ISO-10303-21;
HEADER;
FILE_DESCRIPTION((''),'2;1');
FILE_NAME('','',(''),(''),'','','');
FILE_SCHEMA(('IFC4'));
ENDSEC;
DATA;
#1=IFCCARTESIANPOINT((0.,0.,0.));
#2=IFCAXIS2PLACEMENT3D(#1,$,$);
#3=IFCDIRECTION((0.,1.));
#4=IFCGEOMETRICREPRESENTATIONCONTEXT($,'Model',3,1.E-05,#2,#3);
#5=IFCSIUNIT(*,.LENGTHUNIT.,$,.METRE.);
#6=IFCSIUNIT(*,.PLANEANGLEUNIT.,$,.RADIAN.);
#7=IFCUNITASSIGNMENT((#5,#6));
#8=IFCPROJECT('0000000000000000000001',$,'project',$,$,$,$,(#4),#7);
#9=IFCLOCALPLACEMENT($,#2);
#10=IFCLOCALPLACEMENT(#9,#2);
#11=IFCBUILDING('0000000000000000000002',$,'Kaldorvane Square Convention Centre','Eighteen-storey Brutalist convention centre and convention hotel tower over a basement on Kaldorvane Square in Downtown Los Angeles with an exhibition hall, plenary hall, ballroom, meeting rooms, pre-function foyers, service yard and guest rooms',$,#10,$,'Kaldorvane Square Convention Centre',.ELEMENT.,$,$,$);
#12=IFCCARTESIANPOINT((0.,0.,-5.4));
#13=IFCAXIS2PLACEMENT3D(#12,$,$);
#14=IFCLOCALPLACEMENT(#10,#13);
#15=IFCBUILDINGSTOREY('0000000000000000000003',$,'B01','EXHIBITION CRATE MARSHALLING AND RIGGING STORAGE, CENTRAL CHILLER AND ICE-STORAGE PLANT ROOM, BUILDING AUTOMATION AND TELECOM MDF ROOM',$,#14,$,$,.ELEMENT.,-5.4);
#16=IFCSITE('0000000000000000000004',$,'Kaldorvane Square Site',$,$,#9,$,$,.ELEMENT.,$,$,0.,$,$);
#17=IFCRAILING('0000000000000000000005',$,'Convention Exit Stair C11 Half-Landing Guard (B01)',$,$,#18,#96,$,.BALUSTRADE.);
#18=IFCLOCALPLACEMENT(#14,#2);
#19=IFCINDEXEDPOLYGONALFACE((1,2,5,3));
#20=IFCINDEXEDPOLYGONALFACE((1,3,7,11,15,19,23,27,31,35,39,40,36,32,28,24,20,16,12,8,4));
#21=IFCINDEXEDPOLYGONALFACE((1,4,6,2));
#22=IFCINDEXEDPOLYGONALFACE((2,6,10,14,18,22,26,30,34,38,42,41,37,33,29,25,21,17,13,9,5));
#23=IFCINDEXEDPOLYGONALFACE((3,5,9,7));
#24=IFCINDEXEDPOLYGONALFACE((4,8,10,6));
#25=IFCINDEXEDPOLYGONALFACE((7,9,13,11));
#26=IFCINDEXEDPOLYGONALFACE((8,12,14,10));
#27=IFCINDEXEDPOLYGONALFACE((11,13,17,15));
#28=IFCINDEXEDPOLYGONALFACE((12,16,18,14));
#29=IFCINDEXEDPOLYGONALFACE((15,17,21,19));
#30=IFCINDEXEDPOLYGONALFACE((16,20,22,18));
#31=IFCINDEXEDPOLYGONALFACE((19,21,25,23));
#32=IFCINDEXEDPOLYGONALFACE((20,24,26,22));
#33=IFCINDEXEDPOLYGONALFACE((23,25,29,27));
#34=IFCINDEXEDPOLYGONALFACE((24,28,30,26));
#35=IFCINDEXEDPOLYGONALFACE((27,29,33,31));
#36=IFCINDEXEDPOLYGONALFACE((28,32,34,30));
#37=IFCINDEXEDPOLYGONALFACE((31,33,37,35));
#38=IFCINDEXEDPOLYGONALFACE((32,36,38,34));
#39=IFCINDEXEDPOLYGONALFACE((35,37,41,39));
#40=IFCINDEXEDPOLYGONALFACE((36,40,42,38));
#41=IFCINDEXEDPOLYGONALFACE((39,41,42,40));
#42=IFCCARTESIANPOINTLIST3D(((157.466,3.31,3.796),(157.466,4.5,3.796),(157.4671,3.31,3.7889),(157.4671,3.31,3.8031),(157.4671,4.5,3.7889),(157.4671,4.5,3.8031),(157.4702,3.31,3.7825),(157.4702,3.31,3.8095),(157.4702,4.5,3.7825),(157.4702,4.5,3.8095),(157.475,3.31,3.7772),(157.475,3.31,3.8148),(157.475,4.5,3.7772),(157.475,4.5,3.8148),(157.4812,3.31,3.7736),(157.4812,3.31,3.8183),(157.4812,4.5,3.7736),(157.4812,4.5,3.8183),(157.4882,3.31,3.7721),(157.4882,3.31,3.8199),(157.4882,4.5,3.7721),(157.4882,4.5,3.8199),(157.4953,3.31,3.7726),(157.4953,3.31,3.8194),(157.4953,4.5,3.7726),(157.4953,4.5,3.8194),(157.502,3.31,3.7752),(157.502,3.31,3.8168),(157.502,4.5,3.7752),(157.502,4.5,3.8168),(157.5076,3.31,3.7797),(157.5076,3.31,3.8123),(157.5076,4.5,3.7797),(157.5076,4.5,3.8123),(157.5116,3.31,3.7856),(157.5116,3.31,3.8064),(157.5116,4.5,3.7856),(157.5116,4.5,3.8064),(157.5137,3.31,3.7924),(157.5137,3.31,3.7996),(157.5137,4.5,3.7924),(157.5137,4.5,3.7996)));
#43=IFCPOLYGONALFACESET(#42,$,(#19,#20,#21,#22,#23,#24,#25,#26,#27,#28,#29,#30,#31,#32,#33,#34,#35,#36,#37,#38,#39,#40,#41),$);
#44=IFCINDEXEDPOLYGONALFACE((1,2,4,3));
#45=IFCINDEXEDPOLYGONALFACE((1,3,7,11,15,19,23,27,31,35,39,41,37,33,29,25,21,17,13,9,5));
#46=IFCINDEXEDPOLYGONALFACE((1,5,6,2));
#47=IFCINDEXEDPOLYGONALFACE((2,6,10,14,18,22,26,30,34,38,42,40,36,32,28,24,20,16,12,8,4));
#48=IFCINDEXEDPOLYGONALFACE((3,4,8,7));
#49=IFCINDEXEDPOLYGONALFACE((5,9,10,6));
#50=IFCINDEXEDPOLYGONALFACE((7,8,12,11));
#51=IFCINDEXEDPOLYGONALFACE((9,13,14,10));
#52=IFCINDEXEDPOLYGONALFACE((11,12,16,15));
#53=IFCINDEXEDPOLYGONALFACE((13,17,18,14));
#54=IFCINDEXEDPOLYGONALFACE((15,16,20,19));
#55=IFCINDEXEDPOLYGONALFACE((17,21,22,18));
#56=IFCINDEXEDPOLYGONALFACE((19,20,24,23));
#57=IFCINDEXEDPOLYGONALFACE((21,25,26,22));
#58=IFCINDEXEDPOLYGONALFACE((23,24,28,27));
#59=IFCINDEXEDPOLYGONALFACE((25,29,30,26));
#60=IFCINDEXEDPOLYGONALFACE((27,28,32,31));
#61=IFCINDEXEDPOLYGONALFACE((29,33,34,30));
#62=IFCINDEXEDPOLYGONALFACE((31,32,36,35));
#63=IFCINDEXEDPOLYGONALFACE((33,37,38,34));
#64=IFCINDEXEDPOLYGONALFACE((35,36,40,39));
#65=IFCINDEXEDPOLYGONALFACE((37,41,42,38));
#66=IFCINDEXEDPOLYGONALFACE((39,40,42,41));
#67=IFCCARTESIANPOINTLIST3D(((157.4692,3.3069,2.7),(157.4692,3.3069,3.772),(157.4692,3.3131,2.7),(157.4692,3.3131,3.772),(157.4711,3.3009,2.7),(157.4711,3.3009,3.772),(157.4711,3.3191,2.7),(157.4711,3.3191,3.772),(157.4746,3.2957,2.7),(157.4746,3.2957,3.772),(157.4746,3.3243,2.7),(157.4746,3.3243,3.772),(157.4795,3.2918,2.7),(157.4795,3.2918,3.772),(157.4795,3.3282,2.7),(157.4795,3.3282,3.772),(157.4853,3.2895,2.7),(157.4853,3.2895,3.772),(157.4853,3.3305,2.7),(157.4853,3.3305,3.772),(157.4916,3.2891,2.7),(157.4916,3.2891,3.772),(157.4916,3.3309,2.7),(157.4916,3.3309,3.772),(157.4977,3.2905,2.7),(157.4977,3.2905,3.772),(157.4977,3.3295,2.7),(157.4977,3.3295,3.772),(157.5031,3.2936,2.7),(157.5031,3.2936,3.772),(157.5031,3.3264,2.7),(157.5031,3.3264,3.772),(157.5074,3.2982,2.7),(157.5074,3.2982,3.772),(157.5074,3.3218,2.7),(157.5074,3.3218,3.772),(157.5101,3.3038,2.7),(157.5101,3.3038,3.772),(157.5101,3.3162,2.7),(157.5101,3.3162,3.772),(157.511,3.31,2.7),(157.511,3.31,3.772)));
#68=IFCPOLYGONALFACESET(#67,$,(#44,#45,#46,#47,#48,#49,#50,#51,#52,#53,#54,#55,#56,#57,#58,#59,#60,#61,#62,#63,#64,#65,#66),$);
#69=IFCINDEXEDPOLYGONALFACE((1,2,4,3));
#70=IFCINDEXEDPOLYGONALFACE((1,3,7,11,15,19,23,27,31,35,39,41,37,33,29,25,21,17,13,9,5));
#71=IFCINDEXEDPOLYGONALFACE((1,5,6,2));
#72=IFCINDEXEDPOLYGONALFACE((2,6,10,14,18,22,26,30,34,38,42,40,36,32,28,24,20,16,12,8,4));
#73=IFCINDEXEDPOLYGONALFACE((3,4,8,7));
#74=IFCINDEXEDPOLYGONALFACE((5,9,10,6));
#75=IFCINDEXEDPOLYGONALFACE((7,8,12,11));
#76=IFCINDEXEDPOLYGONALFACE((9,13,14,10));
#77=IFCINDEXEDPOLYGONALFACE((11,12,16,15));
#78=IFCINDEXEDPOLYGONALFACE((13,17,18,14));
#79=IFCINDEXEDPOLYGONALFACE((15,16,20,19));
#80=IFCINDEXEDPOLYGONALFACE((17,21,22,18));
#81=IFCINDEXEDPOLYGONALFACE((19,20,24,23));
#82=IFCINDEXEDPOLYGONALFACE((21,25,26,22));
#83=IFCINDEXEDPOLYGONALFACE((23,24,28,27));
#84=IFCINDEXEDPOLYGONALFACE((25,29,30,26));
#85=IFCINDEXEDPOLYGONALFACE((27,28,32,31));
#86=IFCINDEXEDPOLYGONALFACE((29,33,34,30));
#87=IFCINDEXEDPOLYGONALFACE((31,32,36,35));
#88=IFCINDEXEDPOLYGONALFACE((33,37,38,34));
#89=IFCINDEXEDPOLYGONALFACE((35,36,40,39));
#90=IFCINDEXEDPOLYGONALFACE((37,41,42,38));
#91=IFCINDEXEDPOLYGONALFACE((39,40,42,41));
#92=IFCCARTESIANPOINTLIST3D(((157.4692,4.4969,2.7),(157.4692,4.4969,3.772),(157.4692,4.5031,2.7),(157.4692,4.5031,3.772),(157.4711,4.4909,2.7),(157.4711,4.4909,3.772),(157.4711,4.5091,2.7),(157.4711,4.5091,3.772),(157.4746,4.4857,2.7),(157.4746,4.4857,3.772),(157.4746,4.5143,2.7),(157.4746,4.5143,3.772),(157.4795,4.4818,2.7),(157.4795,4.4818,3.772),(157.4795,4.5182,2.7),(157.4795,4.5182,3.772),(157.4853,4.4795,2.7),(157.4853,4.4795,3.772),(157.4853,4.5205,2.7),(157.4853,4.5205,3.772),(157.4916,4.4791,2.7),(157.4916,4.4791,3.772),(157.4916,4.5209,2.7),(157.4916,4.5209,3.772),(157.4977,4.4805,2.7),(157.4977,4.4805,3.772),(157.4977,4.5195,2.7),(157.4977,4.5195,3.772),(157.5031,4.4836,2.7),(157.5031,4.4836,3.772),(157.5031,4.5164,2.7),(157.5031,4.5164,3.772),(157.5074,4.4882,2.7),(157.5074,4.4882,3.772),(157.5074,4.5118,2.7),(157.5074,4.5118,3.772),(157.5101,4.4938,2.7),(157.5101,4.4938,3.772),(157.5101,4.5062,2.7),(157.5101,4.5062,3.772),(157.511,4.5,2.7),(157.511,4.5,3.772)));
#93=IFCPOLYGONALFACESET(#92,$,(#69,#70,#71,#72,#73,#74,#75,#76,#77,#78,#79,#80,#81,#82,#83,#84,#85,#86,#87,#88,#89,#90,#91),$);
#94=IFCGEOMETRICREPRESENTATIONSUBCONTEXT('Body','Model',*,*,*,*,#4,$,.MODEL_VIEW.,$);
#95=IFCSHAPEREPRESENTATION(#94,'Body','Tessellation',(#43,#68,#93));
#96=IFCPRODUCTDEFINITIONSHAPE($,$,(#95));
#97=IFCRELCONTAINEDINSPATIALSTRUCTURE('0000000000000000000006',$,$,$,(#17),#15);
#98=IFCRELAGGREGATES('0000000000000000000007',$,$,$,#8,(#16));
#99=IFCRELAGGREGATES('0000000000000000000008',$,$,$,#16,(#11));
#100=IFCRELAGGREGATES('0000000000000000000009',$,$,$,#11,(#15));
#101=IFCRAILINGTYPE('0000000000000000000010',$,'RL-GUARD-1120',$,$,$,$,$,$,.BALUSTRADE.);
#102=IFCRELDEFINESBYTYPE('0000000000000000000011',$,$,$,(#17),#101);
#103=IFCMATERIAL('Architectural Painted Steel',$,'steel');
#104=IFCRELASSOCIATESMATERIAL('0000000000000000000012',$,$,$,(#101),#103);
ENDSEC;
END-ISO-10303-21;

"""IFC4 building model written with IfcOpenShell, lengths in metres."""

from ifc_helpers import new_model, si_unit, direction, frame, origin, origin_2d, place, context, subcontext, project, spatial, circle, extrude, material, type_object, element, save


model = new_model("IFC4")

# Units and contexts
model_context = context("Model", 3, precision=1e-05, world=origin(), true_north=direction((0.0, 1.0)))
body_context = subcontext(model_context, "Body", "Model", "MODEL_VIEW")
ifc_project = project(units=[si_unit("LENGTHUNIT", "METRE"), si_unit("PLANEANGLEUNIT", "RADIAN")], contexts=[model_context])

# Site, building, storey
site_placement = place(None, origin())
site = spatial("IfcSite", under=ifc_project, at=site_placement, Name="Kaldorvane Square Site", CompositionType="ELEMENT", RefElevation=0.0)
building_placement = place(site_placement, origin())
building = spatial("IfcBuilding", under=site, at=building_placement, Name="Kaldorvane Square Convention Centre", Description="Eighteen-storey Brutalist convention centre and convention hotel tower over a basement on Kaldorvane Square in Downtown Los Angeles with an exhibition hall, plenary hall, ballroom, meeting rooms, pre-function foyers, service yard and guest rooms", LongName="Kaldorvane Square Convention Centre", CompositionType="ELEMENT")
storey_placement = place(building_placement, frame((0.0, 0.0, -5.4)))
storey = spatial("IfcBuildingStorey", under=building, at=storey_placement, Name="B01", Description="EXHIBITION CRATE MARSHALLING AND RIGGING STORAGE, CENTRAL CHILLER AND ICE-STORAGE PLANT ROOM, BUILDING AUTOMATION AND TELECOM MDF ROOM", CompositionType="ELEMENT", Elevation=-5.4)

# Railing
ifc_material_1 = material(Name="Architectural Painted Steel", Category="steel")
railing_type_1 = type_object("IfcRailingType", Name="RL-GUARD-1120", PredefinedType="BALUSTRADE", material=ifc_material_1)
railing_1_placement = place(storey_placement, frame((157.49, 3.31, 2.7)))
element("IfcRailing", 1, at=railing_1_placement, inside=storey, type_object=railing_type_1, Name="Convention Exit Stair C11 Half-Landing Guard (B01)", PredefinedType="BALUSTRADE", context=body_context, shape_type="SweptSolid", body=[
    extrude(circle(Radius=0.024, at=origin_2d()), frame((0.0, 0.0, 1.096), z_axis=(0.0, 1.0, 0.0), x_axis=(-1.0, 0.0, 0.0)), (0.0, 0.0, 1.0), 1.19),
    extrude(circle(Radius=0.021, at=origin_2d()), origin(), (0.0, 0.0, 1.0), 1.072),
    extrude(circle(Radius=0.021, at=origin_2d()), frame((0.0, 1.19, 0.0)), (0.0, 0.0, 1.0), 1.072),
])

save(model, "model.ifc")
